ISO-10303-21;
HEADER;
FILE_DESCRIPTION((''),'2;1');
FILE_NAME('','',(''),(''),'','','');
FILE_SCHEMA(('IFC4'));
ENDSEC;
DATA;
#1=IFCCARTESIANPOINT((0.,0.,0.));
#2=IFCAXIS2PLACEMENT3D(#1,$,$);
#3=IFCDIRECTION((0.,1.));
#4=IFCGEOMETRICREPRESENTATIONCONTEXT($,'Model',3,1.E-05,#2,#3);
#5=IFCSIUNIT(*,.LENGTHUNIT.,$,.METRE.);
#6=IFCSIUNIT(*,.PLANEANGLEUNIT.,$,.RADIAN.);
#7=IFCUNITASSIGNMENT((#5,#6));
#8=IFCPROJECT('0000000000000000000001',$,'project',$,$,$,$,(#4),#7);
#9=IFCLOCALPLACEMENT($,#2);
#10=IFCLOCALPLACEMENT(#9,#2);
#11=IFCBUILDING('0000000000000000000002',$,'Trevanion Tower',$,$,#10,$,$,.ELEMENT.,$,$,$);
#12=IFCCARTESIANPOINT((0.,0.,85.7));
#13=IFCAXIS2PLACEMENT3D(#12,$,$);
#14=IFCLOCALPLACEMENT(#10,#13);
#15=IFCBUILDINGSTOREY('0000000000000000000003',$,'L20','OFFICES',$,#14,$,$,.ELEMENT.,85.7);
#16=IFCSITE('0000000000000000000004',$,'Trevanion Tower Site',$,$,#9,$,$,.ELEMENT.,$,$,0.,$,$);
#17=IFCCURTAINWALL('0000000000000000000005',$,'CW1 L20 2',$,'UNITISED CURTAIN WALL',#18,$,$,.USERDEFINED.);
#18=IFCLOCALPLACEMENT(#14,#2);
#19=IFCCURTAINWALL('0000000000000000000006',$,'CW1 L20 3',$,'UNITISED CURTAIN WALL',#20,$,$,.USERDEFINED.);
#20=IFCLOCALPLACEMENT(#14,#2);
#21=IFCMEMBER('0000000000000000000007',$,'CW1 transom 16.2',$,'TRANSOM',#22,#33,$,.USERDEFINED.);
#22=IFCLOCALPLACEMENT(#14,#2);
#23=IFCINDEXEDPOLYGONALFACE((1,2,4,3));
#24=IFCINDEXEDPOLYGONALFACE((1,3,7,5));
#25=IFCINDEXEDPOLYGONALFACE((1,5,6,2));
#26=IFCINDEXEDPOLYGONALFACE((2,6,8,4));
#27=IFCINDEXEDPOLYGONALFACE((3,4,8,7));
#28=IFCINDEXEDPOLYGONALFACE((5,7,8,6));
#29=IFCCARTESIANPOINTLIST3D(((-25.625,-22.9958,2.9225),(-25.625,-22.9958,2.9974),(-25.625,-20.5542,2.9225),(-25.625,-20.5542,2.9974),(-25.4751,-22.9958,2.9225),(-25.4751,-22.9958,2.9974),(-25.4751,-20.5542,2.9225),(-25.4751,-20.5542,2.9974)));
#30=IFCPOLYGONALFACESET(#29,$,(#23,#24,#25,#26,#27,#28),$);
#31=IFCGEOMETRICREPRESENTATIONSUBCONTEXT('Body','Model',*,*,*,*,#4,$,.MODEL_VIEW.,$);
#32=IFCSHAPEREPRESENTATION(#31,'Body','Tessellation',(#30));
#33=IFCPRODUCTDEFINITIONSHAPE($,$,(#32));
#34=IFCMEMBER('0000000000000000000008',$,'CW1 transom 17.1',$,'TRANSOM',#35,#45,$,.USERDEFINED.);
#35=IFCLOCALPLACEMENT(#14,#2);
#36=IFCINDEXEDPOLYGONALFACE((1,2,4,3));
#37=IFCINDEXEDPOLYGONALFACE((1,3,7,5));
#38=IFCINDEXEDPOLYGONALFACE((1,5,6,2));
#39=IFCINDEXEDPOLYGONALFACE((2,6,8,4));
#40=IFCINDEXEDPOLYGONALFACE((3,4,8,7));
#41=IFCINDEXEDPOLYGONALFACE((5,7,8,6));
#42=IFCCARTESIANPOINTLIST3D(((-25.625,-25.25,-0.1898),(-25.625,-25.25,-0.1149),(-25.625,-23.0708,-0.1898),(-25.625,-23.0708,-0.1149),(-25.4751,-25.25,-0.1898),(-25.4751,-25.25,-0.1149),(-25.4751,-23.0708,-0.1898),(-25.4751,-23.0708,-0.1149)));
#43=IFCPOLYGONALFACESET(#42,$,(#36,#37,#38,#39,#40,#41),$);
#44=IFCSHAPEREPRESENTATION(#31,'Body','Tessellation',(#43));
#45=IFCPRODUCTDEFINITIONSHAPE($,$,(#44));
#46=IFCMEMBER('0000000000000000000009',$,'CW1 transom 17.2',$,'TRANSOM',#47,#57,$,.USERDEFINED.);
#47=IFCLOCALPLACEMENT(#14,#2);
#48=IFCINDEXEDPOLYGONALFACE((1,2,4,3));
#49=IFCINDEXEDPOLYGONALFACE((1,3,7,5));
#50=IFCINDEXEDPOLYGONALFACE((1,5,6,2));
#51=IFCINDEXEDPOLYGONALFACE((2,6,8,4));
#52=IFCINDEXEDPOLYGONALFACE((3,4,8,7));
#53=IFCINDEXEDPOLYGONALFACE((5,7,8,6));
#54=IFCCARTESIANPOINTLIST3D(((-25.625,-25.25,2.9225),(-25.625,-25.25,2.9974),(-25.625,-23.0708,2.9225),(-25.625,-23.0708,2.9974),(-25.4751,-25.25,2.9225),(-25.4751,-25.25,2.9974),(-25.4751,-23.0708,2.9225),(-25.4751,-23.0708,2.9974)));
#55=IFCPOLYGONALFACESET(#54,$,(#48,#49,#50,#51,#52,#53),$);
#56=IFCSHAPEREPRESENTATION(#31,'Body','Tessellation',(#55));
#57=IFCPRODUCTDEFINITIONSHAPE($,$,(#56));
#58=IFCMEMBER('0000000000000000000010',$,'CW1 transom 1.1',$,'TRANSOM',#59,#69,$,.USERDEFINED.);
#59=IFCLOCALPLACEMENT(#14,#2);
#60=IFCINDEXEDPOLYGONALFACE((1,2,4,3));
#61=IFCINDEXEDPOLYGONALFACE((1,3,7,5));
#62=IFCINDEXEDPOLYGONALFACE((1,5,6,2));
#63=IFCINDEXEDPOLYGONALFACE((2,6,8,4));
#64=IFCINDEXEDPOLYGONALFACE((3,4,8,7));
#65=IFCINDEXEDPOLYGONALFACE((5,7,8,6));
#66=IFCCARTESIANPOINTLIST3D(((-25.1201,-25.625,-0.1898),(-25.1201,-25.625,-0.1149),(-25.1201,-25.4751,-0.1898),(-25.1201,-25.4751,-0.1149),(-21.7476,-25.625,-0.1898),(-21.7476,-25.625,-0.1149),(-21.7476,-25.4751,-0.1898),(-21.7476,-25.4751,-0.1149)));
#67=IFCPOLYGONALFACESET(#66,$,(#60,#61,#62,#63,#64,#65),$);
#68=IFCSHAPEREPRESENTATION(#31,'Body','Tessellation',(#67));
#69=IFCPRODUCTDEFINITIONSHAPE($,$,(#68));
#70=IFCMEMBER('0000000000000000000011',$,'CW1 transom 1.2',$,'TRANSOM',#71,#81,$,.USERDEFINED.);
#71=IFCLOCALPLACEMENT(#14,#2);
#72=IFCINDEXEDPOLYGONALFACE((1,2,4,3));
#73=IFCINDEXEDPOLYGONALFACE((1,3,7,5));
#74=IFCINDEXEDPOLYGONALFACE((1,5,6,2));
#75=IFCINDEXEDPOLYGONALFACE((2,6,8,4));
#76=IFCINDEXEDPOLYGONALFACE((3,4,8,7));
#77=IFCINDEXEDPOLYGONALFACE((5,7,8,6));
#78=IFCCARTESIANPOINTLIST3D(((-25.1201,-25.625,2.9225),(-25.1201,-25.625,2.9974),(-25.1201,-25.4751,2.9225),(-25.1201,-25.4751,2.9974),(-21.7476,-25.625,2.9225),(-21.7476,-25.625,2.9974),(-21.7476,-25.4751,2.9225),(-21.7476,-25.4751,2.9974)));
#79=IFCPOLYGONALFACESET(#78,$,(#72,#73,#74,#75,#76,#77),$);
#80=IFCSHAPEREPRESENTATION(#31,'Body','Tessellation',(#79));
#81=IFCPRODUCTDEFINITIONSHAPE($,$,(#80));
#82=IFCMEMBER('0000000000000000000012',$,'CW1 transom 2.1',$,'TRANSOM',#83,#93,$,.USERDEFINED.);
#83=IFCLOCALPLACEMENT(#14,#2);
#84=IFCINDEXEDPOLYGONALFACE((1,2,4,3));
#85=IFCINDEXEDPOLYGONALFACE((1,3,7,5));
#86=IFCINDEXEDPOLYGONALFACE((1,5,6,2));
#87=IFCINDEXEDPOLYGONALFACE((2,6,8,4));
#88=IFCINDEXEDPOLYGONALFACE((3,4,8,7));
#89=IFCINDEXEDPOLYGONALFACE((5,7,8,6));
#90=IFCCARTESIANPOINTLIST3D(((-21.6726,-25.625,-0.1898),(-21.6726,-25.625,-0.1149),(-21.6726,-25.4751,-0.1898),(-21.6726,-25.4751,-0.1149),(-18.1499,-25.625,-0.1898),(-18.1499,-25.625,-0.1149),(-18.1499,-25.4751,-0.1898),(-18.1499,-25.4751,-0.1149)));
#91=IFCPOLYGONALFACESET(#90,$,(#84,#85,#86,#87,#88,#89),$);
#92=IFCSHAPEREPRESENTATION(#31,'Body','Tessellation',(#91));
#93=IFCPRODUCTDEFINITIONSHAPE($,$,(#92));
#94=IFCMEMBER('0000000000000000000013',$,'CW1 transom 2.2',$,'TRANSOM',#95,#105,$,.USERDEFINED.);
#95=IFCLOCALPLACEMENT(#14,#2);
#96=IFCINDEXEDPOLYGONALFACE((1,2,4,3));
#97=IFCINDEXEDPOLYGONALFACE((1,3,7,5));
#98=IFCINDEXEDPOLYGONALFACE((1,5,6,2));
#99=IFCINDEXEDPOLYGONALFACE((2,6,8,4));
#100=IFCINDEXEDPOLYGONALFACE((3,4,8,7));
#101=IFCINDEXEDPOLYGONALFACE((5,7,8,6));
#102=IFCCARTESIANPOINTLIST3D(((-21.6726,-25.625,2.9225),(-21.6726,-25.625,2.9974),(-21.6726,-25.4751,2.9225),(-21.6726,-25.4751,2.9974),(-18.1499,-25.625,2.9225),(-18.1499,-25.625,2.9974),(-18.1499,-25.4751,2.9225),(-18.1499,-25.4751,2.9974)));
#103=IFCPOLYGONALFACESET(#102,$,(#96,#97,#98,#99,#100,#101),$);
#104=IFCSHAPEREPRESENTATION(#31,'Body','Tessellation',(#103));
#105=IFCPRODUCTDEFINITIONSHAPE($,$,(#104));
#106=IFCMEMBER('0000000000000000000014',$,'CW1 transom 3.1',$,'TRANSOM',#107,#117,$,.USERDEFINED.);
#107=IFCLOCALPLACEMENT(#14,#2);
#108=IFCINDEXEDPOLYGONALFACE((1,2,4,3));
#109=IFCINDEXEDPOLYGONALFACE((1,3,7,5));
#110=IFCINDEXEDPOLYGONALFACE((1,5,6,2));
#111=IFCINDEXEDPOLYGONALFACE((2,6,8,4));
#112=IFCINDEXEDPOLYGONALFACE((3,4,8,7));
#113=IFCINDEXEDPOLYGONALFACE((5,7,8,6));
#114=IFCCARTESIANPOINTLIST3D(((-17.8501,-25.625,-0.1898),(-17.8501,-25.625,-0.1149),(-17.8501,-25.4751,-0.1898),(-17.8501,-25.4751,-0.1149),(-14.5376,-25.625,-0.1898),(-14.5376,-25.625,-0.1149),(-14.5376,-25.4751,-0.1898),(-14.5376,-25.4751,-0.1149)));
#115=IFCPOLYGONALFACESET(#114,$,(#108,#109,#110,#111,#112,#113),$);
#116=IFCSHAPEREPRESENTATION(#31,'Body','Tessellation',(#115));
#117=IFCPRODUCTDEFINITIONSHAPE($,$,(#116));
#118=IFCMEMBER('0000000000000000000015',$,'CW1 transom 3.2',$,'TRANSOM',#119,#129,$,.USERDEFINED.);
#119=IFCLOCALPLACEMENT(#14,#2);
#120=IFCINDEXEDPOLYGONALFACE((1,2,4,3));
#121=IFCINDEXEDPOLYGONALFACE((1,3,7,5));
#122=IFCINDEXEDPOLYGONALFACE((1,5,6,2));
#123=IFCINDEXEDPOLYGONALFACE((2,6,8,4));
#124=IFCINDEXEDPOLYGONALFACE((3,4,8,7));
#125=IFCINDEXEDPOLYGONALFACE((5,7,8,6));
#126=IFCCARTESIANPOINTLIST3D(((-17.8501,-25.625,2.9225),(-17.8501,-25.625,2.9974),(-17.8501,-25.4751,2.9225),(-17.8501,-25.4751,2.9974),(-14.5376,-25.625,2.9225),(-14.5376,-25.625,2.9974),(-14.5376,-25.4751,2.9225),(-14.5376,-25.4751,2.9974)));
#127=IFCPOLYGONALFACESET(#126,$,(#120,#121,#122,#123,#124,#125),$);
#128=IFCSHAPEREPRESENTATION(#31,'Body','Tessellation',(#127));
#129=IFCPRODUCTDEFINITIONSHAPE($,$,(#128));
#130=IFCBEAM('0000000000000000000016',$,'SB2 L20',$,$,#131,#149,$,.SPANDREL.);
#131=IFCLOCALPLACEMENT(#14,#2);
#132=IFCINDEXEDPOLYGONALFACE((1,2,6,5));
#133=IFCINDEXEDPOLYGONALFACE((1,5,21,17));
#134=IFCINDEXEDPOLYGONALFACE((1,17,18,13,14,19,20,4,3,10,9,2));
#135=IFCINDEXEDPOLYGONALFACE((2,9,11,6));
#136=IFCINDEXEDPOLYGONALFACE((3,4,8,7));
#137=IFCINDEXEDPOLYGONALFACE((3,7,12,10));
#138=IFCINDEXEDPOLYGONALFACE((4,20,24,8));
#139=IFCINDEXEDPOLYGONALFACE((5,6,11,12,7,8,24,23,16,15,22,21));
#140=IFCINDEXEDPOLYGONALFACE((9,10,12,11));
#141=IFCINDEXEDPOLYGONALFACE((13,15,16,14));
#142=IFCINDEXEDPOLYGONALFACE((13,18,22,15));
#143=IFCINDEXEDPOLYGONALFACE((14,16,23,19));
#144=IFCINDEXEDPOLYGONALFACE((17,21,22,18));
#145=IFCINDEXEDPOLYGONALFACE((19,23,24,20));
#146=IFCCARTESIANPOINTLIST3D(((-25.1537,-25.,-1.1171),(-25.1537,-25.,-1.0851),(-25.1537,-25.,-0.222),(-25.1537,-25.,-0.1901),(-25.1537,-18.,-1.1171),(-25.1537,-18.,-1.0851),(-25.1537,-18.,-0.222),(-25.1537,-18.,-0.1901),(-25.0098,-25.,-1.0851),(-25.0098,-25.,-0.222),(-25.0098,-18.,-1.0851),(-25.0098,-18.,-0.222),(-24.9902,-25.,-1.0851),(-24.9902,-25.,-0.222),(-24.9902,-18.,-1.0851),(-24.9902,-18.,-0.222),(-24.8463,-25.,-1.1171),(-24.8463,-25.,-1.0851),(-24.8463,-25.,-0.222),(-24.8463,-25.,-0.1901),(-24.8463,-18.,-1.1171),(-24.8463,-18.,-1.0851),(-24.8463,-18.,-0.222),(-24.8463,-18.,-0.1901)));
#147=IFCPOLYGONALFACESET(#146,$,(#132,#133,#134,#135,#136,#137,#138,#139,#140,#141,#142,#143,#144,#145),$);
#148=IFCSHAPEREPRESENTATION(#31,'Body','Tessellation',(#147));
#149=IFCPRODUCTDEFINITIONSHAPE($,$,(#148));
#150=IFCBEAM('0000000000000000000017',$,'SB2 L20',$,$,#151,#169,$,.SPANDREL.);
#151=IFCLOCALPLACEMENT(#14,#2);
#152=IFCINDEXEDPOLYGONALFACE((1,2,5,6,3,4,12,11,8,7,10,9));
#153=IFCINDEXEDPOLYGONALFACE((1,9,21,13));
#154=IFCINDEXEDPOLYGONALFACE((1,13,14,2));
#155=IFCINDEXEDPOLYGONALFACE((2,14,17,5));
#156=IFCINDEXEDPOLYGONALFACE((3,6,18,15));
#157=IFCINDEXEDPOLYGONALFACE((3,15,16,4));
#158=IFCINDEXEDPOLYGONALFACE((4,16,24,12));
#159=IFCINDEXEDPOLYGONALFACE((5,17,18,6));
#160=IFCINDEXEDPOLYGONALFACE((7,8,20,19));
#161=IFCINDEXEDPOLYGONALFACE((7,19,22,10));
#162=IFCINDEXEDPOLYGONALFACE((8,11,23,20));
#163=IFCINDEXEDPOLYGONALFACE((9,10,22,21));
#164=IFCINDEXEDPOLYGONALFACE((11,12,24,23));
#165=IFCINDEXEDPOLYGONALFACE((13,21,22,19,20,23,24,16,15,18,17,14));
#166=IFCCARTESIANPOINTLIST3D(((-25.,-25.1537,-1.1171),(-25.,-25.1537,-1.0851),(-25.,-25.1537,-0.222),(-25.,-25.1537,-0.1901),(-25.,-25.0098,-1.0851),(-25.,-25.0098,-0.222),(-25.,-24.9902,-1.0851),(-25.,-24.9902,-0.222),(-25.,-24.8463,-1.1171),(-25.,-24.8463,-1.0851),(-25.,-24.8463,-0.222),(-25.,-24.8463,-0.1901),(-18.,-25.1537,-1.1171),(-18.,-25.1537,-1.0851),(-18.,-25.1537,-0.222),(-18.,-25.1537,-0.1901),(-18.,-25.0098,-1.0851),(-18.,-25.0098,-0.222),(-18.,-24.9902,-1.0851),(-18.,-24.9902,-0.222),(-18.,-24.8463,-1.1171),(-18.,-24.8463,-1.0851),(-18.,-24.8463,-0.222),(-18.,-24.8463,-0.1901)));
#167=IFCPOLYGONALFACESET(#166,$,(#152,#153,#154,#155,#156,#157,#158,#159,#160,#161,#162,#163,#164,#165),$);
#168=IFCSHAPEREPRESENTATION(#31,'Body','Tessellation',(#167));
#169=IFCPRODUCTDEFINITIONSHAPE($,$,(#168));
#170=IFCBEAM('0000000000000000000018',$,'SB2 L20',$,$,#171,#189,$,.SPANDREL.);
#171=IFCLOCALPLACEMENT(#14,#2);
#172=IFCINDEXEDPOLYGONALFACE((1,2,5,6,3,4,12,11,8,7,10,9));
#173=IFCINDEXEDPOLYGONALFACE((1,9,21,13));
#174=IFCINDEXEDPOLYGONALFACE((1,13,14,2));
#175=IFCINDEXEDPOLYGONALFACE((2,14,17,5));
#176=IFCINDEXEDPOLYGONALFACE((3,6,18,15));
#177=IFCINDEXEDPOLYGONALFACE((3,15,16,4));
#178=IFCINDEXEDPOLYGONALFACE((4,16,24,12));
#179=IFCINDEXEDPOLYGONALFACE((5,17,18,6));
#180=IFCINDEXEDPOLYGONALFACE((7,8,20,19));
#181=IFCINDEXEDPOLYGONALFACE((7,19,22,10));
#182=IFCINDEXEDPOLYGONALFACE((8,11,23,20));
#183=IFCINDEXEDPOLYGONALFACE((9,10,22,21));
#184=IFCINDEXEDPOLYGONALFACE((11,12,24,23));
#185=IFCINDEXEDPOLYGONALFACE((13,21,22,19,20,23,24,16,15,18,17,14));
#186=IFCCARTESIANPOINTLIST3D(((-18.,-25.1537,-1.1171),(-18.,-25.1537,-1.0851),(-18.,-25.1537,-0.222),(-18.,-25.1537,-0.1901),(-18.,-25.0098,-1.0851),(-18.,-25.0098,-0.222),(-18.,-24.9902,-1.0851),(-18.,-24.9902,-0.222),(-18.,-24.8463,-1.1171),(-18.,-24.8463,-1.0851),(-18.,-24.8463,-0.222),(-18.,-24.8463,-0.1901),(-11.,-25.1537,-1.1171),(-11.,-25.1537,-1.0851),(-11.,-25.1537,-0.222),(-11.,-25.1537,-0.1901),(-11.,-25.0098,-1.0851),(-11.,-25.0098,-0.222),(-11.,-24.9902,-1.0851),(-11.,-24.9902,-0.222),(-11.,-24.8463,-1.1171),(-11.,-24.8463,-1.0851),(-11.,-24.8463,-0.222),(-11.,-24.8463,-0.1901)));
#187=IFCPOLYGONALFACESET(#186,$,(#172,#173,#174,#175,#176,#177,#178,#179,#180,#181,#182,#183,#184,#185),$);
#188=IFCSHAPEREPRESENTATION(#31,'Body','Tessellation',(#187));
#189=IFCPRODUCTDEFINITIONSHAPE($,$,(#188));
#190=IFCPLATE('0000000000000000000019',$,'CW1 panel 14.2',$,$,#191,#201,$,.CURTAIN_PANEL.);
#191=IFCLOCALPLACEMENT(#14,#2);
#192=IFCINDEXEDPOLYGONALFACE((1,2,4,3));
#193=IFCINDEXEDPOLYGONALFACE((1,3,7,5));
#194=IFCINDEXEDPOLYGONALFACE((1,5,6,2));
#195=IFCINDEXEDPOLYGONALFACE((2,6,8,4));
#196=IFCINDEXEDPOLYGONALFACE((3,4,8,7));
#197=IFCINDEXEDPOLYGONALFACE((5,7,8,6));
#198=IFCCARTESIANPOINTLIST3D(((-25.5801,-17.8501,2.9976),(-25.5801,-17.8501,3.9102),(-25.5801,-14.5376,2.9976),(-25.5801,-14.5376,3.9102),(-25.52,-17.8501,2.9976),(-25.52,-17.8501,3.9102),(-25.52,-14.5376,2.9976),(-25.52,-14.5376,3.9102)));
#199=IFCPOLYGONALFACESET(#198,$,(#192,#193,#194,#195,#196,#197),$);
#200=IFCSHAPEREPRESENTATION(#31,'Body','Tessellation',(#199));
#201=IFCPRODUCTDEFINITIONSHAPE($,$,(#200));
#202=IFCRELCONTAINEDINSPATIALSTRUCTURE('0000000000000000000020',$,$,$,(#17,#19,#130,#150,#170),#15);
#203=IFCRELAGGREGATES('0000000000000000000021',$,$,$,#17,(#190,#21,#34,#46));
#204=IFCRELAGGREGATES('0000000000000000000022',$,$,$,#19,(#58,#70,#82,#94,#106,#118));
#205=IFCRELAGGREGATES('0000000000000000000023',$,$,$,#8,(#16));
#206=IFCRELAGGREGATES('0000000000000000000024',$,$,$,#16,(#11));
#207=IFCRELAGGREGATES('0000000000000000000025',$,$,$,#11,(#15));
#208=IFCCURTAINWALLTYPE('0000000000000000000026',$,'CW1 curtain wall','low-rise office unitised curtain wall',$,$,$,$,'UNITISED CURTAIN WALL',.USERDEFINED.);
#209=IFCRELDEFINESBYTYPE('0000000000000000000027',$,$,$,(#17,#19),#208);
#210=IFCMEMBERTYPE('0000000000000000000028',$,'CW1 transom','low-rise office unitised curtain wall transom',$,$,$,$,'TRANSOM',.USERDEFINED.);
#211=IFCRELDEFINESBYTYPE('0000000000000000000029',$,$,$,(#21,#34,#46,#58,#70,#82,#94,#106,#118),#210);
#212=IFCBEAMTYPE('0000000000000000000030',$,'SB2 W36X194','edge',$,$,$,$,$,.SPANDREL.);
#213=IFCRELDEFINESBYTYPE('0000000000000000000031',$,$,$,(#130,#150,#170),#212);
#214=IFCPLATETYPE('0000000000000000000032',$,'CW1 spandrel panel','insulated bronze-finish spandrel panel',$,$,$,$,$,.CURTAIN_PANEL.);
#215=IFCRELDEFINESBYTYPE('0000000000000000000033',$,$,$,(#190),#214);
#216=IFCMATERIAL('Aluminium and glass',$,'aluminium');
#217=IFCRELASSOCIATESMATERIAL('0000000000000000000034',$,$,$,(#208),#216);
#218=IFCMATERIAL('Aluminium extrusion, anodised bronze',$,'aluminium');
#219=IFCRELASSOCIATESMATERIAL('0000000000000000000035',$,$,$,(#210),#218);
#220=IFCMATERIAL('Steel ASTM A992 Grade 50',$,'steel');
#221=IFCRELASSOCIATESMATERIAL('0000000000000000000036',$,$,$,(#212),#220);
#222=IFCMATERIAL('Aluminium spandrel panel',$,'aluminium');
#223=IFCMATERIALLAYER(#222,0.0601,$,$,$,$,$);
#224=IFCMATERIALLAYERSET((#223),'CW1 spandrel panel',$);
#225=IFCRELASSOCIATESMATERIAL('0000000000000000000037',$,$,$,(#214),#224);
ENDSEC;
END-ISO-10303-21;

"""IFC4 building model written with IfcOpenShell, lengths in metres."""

from ifc_helpers import new_model, si_unit, direction, frame, origin, origin_2d, place, context, subcontext, project, spatial, rectangle, i_section, extrude, material, layer, layer_set, material_profile, profile_set, type_object, element, aggregate, save


model = new_model("IFC4")

# Units and contexts
model_context = context("Model", 3, precision=1e-05, world=origin(), true_north=direction((0.0, 1.0)))
body_context = subcontext(model_context, "Body", "Model", "MODEL_VIEW")
ifc_project = project(units=[si_unit("LENGTHUNIT", "METRE"), si_unit("PLANEANGLEUNIT", "RADIAN")], contexts=[model_context])

# Site, building, storey
site_placement = place(None, origin())
site = spatial("IfcSite", under=ifc_project, at=site_placement, Name="Trevanion Tower Site", CompositionType="ELEMENT", RefElevation=0.0)
building_placement = place(site_placement, origin())
building = spatial("IfcBuilding", under=site, at=building_placement, Name="Trevanion Tower", CompositionType="ELEMENT")
storey_placement = place(building_placement, frame((0.0, 0.0, 85.7)))
storey = spatial("IfcBuildingStorey", under=building, at=storey_placement, Name="L20", Description="OFFICES", CompositionType="ELEMENT", Elevation=85.7)

# Curtain wall
ifc_material_1 = material(Name="Aluminium and glass", Category="aluminium")
curtain_wall_type = type_object("IfcCurtainWallType", Name="CW1 curtain wall", Description="low-rise office unitised curtain wall", ElementType="UNITISED CURTAIN WALL", PredefinedType="USERDEFINED", material=ifc_material_1)
curtain_wall_1_placement = place(storey_placement, origin())
curtain_wall_1 = element("IfcCurtainWall", 1, at=curtain_wall_1_placement, inside=storey, type_object=curtain_wall_type, Name="CW1 L20 2", ObjectType="UNITISED CURTAIN WALL", PredefinedType="USERDEFINED")

# Curtain wall
curtain_wall_2_placement = place(storey_placement, origin())
curtain_wall_2 = element("IfcCurtainWall", 2, at=curtain_wall_2_placement, inside=storey, type_object=curtain_wall_type, Name="CW1 L20 3", ObjectType="UNITISED CURTAIN WALL", PredefinedType="USERDEFINED")

# Members
ifc_material_2 = material(Name="Aluminium extrusion, anodised bronze", Category="aluminium")
ifc_material_profile_1 = material_profile(ifc_material_2, rectangle(XDim=0.1499, YDim=0.075, at=origin_2d()), Name="CW1 transom")
ifc_profile_set_1 = profile_set([ifc_material_profile_1], Name="Aluminium extrusion, anodised bronze")
member_type_1 = type_object("IfcMemberType", Name="CW1 transom", Description="low-rise office unitised curtain wall transom", ElementType="TRANSOM", PredefinedType="USERDEFINED", material=ifc_profile_set_1)
member_1_placement = place(storey_placement, frame((-25.55, -20.5542, 2.96), z_axis=(0.0, -1.0, 0.0), x_axis=(1.0, 0.0, 0.0)))
member_1 = element("IfcMember", 3, at=member_1_placement, type_object=member_type_1, Name="CW1 transom 16.2", ObjectType="TRANSOM", PredefinedType="USERDEFINED", context=body_context, shape_type="SweptSolid", body=[
    extrude(rectangle(XDim=0.1499, YDim=0.075, at=origin_2d()), origin(), (0.0, 0.0, 1.0), 2.4417),
])
member_2_placement = place(storey_placement, frame((-25.55, -23.0708, -0.1523), z_axis=(0.0, -1.0, 0.0), x_axis=(1.0, 0.0, 0.0)))
member_2 = element("IfcMember", 4, at=member_2_placement, type_object=member_type_1, Name="CW1 transom 17.1", ObjectType="TRANSOM", PredefinedType="USERDEFINED", context=body_context, shape_type="SweptSolid", body=[
    extrude(rectangle(XDim=0.1499, YDim=0.075, at=origin_2d()), origin(), (0.0, 0.0, 1.0), 2.1792),
])
member_3_placement = place(storey_placement, frame((-25.55, -23.0708, 2.96), z_axis=(0.0, -1.0, 0.0), x_axis=(1.0, 0.0, 0.0)))
member_3 = element("IfcMember", 5, at=member_3_placement, type_object=member_type_1, Name="CW1 transom 17.2", ObjectType="TRANSOM", PredefinedType="USERDEFINED", context=body_context, shape_type="SweptSolid", body=[
    extrude(rectangle(XDim=0.1499, YDim=0.075, at=origin_2d()), origin(), (0.0, 0.0, 1.0), 2.1792),
])
member_4_placement = place(storey_placement, frame((-25.1201, -25.55, -0.1523), z_axis=(1.0, 0.0, 0.0), x_axis=(0.0, 1.0, 0.0)))
member_4 = element("IfcMember", 6, at=member_4_placement, type_object=member_type_1, Name="CW1 transom 1.1", ObjectType="TRANSOM", PredefinedType="USERDEFINED", context=body_context, shape_type="SweptSolid", body=[
    extrude(rectangle(XDim=0.1499, YDim=0.075, at=origin_2d()), origin(), (0.0, 0.0, 1.0), 3.3726),
])
member_5_placement = place(storey_placement, frame((-25.1201, -25.55, 2.96), z_axis=(1.0, 0.0, 0.0), x_axis=(0.0, 1.0, 0.0)))
member_5 = element("IfcMember", 7, at=member_5_placement, type_object=member_type_1, Name="CW1 transom 1.2", ObjectType="TRANSOM", PredefinedType="USERDEFINED", context=body_context, shape_type="SweptSolid", body=[
    extrude(rectangle(XDim=0.1499, YDim=0.075, at=origin_2d()), origin(), (0.0, 0.0, 1.0), 3.3726),
])
member_6_placement = place(storey_placement, frame((-21.6726, -25.55, -0.1523), z_axis=(1.0, 0.0, 0.0), x_axis=(0.0, 1.0, 0.0)))
member_6 = element("IfcMember", 8, at=member_6_placement, type_object=member_type_1, Name="CW1 transom 2.1", ObjectType="TRANSOM", PredefinedType="USERDEFINED", context=body_context, shape_type="SweptSolid", body=[
    extrude(rectangle(XDim=0.1499, YDim=0.075, at=origin_2d()), origin(), (0.0, 0.0, 1.0), 3.5227),
])
member_7_placement = place(storey_placement, frame((-21.6726, -25.55, 2.96), z_axis=(1.0, 0.0, 0.0), x_axis=(0.0, 1.0, 0.0)))
member_7 = element("IfcMember", 9, at=member_7_placement, type_object=member_type_1, Name="CW1 transom 2.2", ObjectType="TRANSOM", PredefinedType="USERDEFINED", context=body_context, shape_type="SweptSolid", body=[
    extrude(rectangle(XDim=0.1499, YDim=0.075, at=origin_2d()), origin(), (0.0, 0.0, 1.0), 3.5227),
])
member_8_placement = place(storey_placement, frame((-17.8501, -25.55, -0.1523), z_axis=(1.0, 0.0, 0.0), x_axis=(0.0, 1.0, 0.0)))
member_8 = element("IfcMember", 10, at=member_8_placement, type_object=member_type_1, Name="CW1 transom 3.1", ObjectType="TRANSOM", PredefinedType="USERDEFINED", context=body_context, shape_type="SweptSolid", body=[
    extrude(rectangle(XDim=0.1499, YDim=0.075, at=origin_2d()), origin(), (0.0, 0.0, 1.0), 3.3125),
])
member_9_placement = place(storey_placement, frame((-17.8501, -25.55, 2.96), z_axis=(1.0, 0.0, 0.0), x_axis=(0.0, 1.0, 0.0)))
member_9 = element("IfcMember", 11, at=member_9_placement, type_object=member_type_1, Name="CW1 transom 3.2", ObjectType="TRANSOM", PredefinedType="USERDEFINED", context=body_context, shape_type="SweptSolid", body=[
    extrude(rectangle(XDim=0.1499, YDim=0.075, at=origin_2d()), origin(), (0.0, 0.0, 1.0), 3.3125),
])

# Beams
ifc_material_3 = material(Name="Steel ASTM A992 Grade 50", Category="steel")
ifc_material_profile_2 = material_profile(ifc_material_3, i_section(OverallWidth=0.3074, OverallDepth=0.927, WebThickness=0.0195, FlangeThickness=0.032, at=origin_2d()), Name="W36X194")
ifc_profile_set_2 = profile_set([ifc_material_profile_2], Name="Steel ASTM A992 Grade 50")
beam_type = type_object("IfcBeamType", Name="SB2 W36X194", Description="edge", PredefinedType="SPANDREL", material=ifc_profile_set_2)
for number, where, z_axis, x_axis, name in (
    (12, (-25.0, -18.0, -0.6536), (0.0, -1.0, 0.0), (1.0, 0.0, 0.0), "SB2 L20"),
    (13, (-25.0, -25.0, -0.6536), (1.0, 0.0, 0.0), (0.0, 1.0, 0.0), "SB2 L20"),
    (14, (-18.0, -25.0, -0.6536), (1.0, 0.0, 0.0), (0.0, 1.0, 0.0), "SB2 L20"),
):
    element("IfcBeam", number, at=place(storey_placement, frame(where, z_axis=z_axis, x_axis=x_axis)), inside=storey, type_object=beam_type, Name=name, PredefinedType="SPANDREL", context=body_context, shape_type="SweptSolid", body=[
        extrude(i_section(OverallWidth=0.3074, OverallDepth=0.927, WebThickness=0.0195, FlangeThickness=0.032, at=origin_2d()), origin(), (0.0, 0.0, 1.0), 7.0),
    ])

# Plate
ifc_material_4 = material(Name="Aluminium spandrel panel", Category="aluminium")
ifc_layer_1 = layer(ifc_material_4, 0.0601)
ifc_layer_set_1 = layer_set([ifc_layer_1], Name="CW1 spandrel panel")
plate_type_1 = type_object("IfcPlateType", Name="CW1 spandrel panel", Description="insulated bronze-finish spandrel panel", PredefinedType="CURTAIN_PANEL", material=ifc_layer_set_1)
plate_1_placement = place(storey_placement, frame((-25.55, -16.1938, 2.9976), z_axis=(0.0, 0.0, 1.0), x_axis=(0.0, -1.0, 0.0)))
plate_1 = element("IfcPlate", 15, at=plate_1_placement, type_object=plate_type_1, Name="CW1 panel 14.2", PredefinedType="CURTAIN_PANEL", context=body_context, shape_type="SweptSolid", body=[
    extrude(rectangle(XDim=3.3125, YDim=0.0601, at=origin_2d()), origin(), (0.0, 0.0, 1.0), 0.9126),
])
aggregate(curtain_wall_1, [plate_1, member_1, member_2, member_3])
aggregate(curtain_wall_2, [member_4, member_5, member_6, member_7, member_8, member_9])

save(model, "model.ifc")
